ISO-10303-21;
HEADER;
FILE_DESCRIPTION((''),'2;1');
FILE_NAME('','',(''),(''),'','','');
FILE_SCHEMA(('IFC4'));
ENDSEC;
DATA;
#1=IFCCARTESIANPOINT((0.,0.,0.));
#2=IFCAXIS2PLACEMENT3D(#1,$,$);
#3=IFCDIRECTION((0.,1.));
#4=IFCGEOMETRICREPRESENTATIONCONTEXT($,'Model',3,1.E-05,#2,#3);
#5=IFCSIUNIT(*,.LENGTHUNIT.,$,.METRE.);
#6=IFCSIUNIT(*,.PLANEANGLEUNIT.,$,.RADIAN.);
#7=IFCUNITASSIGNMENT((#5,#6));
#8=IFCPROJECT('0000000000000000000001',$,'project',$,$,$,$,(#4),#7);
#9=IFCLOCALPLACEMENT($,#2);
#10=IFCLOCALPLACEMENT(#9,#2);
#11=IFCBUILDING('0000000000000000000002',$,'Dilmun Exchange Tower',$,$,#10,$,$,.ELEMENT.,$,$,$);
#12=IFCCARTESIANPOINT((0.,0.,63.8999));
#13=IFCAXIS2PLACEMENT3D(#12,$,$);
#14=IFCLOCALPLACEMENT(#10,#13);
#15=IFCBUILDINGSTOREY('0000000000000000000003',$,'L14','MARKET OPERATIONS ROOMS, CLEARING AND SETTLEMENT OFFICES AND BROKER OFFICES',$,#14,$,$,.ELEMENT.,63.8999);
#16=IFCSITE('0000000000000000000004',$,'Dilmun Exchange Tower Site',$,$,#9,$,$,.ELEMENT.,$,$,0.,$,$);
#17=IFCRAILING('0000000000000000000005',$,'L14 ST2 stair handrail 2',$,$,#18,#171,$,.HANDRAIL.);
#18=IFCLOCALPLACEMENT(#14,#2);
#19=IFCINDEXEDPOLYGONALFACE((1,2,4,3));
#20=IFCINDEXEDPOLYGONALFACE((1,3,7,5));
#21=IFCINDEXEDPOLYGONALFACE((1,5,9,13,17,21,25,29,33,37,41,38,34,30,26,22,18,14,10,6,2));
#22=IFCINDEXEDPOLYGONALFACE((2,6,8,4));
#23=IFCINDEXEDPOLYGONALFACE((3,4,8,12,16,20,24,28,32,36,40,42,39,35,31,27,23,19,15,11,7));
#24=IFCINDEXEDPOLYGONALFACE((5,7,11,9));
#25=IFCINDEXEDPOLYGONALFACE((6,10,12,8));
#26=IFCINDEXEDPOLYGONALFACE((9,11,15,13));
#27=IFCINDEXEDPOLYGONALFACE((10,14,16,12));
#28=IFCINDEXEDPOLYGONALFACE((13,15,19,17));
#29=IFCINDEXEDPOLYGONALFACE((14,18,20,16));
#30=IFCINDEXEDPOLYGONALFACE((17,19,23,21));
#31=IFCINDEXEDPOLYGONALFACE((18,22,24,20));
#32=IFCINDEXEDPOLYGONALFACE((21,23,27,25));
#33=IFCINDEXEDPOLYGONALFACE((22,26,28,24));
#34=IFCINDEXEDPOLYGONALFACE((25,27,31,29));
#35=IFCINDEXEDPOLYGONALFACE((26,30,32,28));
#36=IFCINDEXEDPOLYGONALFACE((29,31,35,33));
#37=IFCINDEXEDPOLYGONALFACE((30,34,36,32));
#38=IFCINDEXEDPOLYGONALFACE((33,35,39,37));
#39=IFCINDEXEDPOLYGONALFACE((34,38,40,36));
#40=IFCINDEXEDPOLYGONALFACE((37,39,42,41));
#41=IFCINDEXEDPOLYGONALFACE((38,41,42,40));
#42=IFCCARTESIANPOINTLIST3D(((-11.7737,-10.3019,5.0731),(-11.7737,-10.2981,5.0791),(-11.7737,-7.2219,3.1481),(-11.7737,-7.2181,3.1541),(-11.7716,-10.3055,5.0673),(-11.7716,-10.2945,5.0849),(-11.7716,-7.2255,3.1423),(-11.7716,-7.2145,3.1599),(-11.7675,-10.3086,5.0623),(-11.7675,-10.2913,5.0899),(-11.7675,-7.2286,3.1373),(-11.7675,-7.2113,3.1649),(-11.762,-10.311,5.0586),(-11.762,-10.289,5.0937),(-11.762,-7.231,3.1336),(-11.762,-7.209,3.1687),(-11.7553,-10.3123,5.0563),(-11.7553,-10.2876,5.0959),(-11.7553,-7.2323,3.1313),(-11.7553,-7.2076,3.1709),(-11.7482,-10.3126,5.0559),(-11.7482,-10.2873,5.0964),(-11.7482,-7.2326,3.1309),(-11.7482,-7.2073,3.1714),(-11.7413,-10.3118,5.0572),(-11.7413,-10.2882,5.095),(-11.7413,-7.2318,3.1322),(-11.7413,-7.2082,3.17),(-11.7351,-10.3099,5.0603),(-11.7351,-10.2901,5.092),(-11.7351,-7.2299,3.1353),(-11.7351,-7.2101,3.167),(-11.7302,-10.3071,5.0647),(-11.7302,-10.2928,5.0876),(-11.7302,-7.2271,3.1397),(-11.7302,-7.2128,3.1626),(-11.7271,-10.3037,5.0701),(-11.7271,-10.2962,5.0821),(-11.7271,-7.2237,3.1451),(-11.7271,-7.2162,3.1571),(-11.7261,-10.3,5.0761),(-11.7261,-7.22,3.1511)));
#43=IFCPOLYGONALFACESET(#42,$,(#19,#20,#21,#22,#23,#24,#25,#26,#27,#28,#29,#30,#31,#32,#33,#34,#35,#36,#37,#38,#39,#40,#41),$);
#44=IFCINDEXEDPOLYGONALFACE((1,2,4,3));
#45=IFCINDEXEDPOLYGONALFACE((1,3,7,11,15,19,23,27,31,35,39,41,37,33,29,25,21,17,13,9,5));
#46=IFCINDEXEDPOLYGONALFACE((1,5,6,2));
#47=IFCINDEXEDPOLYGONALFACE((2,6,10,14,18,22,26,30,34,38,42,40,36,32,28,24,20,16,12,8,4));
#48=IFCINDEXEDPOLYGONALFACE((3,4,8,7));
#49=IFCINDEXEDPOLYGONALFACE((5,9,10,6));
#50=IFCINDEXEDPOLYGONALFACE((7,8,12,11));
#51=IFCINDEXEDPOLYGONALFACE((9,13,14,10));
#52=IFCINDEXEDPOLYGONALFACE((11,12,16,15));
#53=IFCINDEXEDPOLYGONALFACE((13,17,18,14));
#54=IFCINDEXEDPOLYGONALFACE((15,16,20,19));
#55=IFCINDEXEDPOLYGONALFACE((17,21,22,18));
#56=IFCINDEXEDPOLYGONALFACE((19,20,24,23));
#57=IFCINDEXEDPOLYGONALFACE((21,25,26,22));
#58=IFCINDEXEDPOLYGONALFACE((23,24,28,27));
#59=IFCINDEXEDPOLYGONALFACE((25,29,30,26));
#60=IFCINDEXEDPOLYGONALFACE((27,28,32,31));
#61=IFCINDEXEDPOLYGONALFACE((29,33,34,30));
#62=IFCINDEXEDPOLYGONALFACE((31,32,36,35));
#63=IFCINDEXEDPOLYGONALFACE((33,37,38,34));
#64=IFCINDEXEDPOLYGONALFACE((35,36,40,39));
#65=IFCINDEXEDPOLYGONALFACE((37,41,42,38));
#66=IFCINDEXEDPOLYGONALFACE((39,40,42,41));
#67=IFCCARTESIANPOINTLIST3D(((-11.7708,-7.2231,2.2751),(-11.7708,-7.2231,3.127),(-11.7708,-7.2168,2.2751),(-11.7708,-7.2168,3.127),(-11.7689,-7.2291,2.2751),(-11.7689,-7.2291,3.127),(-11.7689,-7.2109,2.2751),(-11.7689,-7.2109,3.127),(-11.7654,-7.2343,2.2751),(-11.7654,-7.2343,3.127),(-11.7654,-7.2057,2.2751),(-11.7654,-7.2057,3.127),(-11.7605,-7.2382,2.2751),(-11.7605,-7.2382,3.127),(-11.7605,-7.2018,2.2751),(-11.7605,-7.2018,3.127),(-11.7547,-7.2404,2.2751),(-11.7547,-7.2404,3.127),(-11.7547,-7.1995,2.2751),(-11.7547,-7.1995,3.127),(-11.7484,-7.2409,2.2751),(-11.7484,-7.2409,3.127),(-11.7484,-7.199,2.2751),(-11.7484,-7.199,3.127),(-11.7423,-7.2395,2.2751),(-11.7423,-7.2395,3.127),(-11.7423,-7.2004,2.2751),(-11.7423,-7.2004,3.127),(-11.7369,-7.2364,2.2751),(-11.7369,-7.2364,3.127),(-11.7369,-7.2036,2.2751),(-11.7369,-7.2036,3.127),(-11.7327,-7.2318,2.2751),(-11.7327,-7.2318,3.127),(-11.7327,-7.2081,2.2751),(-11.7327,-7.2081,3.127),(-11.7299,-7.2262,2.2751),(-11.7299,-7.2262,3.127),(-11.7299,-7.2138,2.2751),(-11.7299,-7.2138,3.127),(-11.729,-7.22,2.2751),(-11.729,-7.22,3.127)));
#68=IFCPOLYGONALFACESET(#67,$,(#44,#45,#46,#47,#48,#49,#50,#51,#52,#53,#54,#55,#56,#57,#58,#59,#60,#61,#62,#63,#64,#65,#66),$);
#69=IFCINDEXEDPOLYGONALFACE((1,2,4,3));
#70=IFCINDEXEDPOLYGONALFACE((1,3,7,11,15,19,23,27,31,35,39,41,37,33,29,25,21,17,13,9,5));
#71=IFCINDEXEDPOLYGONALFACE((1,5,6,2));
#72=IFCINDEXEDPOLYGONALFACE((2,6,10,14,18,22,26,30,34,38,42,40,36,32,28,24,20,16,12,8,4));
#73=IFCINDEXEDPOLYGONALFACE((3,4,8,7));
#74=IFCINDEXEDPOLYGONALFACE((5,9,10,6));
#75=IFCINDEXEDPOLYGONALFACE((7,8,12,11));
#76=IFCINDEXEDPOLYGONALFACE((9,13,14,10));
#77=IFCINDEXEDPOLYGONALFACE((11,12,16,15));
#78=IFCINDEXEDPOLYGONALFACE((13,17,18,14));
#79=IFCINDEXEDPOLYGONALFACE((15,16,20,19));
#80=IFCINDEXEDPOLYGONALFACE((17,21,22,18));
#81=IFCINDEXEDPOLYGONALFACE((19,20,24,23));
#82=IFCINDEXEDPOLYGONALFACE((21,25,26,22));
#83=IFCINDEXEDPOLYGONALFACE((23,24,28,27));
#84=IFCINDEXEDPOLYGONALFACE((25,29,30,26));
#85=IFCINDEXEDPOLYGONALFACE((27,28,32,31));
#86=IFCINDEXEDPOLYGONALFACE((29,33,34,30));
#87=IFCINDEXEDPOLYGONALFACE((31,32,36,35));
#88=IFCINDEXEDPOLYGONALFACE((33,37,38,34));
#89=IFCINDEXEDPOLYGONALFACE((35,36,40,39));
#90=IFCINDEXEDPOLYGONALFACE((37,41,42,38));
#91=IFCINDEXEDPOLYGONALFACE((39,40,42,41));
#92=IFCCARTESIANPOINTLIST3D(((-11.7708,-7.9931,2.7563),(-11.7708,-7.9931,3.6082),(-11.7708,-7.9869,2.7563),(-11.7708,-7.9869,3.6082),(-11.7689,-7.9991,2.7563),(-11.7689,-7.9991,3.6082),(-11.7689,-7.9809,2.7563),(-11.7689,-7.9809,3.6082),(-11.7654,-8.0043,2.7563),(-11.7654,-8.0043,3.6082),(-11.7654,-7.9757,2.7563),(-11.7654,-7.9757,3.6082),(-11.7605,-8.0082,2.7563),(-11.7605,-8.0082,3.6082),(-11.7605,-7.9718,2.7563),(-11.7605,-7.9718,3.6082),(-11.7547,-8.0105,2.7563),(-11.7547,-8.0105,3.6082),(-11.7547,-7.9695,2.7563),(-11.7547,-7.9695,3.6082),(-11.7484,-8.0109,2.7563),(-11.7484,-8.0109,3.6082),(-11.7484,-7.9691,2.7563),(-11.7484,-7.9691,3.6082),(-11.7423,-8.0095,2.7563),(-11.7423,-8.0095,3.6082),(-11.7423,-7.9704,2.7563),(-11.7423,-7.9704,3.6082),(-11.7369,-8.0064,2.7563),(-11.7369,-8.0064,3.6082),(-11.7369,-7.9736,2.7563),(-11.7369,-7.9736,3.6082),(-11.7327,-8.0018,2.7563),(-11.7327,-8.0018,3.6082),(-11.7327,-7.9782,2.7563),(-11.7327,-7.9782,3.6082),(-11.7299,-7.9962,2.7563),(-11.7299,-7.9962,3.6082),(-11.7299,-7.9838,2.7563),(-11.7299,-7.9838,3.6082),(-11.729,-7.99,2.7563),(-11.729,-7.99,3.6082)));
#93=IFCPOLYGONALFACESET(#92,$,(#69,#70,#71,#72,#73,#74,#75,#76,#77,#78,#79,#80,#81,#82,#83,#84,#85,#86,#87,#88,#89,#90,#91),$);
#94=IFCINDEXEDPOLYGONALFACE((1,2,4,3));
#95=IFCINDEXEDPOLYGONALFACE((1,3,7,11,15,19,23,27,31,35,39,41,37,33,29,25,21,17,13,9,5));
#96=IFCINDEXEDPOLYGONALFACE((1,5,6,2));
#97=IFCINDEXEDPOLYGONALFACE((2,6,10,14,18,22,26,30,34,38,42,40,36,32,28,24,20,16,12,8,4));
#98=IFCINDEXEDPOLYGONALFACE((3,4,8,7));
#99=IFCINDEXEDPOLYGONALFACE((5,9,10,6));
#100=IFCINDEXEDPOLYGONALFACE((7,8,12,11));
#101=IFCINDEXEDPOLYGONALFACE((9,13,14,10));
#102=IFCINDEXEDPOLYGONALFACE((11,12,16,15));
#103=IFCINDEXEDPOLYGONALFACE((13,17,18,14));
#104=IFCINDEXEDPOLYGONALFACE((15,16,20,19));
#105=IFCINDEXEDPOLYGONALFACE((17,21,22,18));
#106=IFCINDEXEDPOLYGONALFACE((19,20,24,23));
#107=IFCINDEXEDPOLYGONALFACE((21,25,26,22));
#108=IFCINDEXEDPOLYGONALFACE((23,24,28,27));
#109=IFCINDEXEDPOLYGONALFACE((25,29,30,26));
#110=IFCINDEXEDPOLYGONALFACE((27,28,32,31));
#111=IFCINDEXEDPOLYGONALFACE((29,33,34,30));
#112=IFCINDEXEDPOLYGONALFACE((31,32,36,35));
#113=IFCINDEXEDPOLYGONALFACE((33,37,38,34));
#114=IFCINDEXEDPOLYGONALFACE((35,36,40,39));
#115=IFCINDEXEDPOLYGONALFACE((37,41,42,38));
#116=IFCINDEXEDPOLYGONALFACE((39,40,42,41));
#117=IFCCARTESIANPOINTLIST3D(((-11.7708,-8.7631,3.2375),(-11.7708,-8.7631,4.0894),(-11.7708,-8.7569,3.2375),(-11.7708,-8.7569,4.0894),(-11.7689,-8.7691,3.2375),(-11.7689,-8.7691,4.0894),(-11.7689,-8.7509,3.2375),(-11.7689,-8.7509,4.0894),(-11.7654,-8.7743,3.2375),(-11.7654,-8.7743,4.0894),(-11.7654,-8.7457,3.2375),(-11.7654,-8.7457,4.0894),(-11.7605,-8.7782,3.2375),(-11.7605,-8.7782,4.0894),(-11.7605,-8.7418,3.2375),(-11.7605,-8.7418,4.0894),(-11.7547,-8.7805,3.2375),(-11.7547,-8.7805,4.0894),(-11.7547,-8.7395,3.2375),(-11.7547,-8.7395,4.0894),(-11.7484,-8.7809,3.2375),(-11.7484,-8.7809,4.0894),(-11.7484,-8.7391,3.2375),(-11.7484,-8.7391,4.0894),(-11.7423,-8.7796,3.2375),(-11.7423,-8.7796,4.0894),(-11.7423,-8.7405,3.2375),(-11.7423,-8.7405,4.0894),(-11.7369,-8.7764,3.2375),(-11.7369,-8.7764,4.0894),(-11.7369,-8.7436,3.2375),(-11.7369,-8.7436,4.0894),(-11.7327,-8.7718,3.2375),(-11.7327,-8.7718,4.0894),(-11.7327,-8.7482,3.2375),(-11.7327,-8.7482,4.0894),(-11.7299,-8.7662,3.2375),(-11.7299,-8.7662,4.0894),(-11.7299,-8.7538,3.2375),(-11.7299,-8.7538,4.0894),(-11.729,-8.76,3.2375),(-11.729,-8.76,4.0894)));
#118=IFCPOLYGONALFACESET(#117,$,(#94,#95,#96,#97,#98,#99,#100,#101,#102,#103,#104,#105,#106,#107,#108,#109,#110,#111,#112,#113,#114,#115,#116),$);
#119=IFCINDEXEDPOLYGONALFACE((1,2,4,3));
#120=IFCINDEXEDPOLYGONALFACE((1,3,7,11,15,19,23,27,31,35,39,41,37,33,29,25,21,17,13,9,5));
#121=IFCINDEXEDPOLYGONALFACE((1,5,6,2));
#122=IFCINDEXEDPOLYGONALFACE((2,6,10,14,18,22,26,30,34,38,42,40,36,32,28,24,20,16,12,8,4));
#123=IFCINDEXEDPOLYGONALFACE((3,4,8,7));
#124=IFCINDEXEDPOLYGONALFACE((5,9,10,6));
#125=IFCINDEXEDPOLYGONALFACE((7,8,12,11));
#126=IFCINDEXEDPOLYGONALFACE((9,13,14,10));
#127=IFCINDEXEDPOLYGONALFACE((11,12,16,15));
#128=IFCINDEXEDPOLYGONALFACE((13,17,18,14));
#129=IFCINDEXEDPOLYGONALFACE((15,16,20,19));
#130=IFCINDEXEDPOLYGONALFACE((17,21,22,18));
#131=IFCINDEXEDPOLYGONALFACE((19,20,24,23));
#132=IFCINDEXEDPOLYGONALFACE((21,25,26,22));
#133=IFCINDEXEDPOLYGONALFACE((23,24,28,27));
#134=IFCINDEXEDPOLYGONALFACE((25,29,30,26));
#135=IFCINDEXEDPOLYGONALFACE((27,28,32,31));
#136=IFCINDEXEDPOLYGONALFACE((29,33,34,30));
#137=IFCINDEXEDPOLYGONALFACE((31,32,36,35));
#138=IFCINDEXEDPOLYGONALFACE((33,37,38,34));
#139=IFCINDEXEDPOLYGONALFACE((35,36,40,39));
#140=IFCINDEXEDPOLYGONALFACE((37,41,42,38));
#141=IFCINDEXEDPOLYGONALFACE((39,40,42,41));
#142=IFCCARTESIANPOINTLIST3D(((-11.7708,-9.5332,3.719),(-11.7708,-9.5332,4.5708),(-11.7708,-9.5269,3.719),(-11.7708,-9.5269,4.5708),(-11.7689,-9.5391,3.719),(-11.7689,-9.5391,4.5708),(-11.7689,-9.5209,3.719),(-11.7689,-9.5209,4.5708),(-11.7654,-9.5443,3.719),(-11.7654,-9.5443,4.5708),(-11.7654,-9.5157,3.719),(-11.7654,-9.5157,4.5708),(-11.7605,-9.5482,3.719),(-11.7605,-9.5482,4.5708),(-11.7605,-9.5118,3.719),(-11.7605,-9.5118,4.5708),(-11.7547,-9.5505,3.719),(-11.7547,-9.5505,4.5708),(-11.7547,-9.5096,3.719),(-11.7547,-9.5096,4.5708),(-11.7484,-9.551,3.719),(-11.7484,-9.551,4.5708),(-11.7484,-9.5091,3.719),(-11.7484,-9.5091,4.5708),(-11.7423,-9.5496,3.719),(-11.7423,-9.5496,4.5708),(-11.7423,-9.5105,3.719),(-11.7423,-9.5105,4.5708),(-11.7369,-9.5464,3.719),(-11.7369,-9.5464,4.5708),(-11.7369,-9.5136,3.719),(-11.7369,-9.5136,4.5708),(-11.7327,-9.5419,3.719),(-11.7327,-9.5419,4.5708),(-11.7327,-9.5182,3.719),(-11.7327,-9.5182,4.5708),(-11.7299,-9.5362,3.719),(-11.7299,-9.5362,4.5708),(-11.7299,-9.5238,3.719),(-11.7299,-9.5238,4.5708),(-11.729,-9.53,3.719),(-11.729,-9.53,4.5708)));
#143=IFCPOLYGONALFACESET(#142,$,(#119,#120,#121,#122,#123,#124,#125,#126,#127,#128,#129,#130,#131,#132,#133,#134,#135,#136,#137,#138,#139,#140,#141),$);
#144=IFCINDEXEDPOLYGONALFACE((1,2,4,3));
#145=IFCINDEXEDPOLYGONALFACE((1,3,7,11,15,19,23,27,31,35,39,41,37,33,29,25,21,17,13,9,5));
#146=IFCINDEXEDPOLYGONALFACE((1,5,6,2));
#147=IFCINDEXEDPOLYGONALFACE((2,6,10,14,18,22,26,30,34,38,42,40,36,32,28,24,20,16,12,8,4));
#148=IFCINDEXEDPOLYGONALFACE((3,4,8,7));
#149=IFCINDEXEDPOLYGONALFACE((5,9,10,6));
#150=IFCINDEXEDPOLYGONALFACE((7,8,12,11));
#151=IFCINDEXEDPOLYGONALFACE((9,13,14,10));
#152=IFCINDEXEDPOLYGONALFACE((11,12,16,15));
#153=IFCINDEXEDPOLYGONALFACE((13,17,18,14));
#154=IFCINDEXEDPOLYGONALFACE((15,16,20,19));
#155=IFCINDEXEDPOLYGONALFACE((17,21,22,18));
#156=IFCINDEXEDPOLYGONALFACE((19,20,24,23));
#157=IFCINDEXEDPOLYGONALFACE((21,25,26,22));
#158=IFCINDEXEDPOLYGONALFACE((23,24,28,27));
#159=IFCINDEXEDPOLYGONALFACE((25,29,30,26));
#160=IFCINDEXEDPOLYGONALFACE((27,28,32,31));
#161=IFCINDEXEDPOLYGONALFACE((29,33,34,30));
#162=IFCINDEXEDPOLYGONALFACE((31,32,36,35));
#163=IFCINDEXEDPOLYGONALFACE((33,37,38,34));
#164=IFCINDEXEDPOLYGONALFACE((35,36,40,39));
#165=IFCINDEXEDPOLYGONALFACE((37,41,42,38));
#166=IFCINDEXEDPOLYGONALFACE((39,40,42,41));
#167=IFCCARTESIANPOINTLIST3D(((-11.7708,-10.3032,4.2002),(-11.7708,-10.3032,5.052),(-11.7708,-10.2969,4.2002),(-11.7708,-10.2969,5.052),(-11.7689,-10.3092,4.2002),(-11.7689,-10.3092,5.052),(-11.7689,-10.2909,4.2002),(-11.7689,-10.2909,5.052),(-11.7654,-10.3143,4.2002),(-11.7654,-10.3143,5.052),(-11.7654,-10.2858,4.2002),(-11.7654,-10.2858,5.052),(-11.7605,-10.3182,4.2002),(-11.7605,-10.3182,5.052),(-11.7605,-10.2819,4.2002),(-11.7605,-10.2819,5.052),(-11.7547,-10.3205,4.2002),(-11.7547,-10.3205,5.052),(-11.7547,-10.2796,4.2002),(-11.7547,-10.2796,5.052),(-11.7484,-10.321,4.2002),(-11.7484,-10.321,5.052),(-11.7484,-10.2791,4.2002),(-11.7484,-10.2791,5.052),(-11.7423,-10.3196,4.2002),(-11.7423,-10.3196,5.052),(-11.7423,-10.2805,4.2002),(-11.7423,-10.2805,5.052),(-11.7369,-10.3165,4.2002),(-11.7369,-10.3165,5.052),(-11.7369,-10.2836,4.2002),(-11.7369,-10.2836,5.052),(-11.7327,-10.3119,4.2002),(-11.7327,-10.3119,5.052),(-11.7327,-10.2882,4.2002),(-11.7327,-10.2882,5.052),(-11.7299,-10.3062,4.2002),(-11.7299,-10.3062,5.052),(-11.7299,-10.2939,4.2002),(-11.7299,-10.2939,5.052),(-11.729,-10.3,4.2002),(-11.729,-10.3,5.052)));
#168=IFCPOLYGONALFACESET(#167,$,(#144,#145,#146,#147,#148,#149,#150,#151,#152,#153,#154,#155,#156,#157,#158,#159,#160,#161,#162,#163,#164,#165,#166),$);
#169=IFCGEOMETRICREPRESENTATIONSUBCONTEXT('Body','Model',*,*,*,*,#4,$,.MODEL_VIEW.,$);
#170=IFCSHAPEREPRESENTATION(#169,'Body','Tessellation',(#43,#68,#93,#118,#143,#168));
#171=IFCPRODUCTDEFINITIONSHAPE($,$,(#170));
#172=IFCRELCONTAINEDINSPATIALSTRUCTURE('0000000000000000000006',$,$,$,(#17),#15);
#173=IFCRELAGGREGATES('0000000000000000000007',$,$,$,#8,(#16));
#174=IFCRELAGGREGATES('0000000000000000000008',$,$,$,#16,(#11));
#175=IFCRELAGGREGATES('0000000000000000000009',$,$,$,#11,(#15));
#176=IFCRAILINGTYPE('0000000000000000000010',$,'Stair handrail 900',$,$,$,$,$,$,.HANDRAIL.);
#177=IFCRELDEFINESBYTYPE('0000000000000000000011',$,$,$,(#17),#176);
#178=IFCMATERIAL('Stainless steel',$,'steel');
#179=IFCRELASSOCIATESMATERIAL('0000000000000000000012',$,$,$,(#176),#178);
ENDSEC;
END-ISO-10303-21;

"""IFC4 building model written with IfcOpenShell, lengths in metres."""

from ifc_helpers import new_model, si_unit, direction, frame, origin, origin_2d, place, context, subcontext, project, spatial, circle, extrude, material, type_object, element, save


model = new_model("IFC4")

# Units and contexts
model_context = context("Model", 3, precision=1e-05, world=origin(), true_north=direction((0.0, 1.0)))
body_context = subcontext(model_context, "Body", "Model", "MODEL_VIEW")
ifc_project = project(units=[si_unit("LENGTHUNIT", "METRE"), si_unit("PLANEANGLEUNIT", "RADIAN")], contexts=[model_context])

# Site, building, storey
site_placement = place(None, origin())
site = spatial("IfcSite", under=ifc_project, at=site_placement, Name="Dilmun Exchange Tower Site", CompositionType="ELEMENT", RefElevation=0.0)
building_placement = place(site_placement, origin())
building = spatial("IfcBuilding", under=site, at=building_placement, Name="Dilmun Exchange Tower", CompositionType="ELEMENT")
storey_placement = place(building_placement, frame((0.0, 0.0, 63.8999)))
storey = spatial("IfcBuildingStorey", under=building, at=storey_placement, Name="L14", Description="MARKET OPERATIONS ROOMS, CLEARING AND SETTLEMENT OFFICES AND BROKER OFFICES", CompositionType="ELEMENT", Elevation=63.8999)

# Railing
ifc_material_1 = material(Name="Stainless steel", Category="steel")
railing_type = type_object("IfcRailingType", Name="Stair handrail 900", PredefinedType="HANDRAIL", material=ifc_material_1)
railing_1_placement = place(storey_placement, frame((-11.75, -7.22, 2.2751)))
element("IfcRailing", 1, at=railing_1_placement, inside=storey, type_object=railing_type, Name="L14 ST2 stair handrail 2", PredefinedType="HANDRAIL", context=body_context, shape_type="SweptSolid", body=[
    extrude(circle(Radius=0.0239, at=origin_2d()), frame((0.0, 0.0, 0.876), z_axis=(0.0, -0.847998, 0.529999), x_axis=(1.0, 0.0, 0.0)), (0.0, 0.0, 1.0), 3.6321),
    extrude(circle(Radius=0.021, at=origin_2d()), origin(), (0.0, 0.0, 1.0), 0.8518),
    extrude(circle(Radius=0.021, at=origin_2d()), frame((0.0, -0.77, 0.4812)), (0.0, 0.0, 1.0), 0.8518),
    extrude(circle(Radius=0.021, at=origin_2d()), frame((0.0, -1.54, 0.9624)), (0.0, 0.0, 1.0), 0.8518),
    extrude(circle(Radius=0.021, at=origin_2d()), frame((0.0, -2.3101, 1.4438)), (0.0, 0.0, 1.0), 0.8518),
    extrude(circle(Radius=0.021, at=origin_2d()), frame((0.0, -3.0801, 1.925)), (0.0, 0.0, 1.0), 0.8518),
])

save(model, "model.ifc")
